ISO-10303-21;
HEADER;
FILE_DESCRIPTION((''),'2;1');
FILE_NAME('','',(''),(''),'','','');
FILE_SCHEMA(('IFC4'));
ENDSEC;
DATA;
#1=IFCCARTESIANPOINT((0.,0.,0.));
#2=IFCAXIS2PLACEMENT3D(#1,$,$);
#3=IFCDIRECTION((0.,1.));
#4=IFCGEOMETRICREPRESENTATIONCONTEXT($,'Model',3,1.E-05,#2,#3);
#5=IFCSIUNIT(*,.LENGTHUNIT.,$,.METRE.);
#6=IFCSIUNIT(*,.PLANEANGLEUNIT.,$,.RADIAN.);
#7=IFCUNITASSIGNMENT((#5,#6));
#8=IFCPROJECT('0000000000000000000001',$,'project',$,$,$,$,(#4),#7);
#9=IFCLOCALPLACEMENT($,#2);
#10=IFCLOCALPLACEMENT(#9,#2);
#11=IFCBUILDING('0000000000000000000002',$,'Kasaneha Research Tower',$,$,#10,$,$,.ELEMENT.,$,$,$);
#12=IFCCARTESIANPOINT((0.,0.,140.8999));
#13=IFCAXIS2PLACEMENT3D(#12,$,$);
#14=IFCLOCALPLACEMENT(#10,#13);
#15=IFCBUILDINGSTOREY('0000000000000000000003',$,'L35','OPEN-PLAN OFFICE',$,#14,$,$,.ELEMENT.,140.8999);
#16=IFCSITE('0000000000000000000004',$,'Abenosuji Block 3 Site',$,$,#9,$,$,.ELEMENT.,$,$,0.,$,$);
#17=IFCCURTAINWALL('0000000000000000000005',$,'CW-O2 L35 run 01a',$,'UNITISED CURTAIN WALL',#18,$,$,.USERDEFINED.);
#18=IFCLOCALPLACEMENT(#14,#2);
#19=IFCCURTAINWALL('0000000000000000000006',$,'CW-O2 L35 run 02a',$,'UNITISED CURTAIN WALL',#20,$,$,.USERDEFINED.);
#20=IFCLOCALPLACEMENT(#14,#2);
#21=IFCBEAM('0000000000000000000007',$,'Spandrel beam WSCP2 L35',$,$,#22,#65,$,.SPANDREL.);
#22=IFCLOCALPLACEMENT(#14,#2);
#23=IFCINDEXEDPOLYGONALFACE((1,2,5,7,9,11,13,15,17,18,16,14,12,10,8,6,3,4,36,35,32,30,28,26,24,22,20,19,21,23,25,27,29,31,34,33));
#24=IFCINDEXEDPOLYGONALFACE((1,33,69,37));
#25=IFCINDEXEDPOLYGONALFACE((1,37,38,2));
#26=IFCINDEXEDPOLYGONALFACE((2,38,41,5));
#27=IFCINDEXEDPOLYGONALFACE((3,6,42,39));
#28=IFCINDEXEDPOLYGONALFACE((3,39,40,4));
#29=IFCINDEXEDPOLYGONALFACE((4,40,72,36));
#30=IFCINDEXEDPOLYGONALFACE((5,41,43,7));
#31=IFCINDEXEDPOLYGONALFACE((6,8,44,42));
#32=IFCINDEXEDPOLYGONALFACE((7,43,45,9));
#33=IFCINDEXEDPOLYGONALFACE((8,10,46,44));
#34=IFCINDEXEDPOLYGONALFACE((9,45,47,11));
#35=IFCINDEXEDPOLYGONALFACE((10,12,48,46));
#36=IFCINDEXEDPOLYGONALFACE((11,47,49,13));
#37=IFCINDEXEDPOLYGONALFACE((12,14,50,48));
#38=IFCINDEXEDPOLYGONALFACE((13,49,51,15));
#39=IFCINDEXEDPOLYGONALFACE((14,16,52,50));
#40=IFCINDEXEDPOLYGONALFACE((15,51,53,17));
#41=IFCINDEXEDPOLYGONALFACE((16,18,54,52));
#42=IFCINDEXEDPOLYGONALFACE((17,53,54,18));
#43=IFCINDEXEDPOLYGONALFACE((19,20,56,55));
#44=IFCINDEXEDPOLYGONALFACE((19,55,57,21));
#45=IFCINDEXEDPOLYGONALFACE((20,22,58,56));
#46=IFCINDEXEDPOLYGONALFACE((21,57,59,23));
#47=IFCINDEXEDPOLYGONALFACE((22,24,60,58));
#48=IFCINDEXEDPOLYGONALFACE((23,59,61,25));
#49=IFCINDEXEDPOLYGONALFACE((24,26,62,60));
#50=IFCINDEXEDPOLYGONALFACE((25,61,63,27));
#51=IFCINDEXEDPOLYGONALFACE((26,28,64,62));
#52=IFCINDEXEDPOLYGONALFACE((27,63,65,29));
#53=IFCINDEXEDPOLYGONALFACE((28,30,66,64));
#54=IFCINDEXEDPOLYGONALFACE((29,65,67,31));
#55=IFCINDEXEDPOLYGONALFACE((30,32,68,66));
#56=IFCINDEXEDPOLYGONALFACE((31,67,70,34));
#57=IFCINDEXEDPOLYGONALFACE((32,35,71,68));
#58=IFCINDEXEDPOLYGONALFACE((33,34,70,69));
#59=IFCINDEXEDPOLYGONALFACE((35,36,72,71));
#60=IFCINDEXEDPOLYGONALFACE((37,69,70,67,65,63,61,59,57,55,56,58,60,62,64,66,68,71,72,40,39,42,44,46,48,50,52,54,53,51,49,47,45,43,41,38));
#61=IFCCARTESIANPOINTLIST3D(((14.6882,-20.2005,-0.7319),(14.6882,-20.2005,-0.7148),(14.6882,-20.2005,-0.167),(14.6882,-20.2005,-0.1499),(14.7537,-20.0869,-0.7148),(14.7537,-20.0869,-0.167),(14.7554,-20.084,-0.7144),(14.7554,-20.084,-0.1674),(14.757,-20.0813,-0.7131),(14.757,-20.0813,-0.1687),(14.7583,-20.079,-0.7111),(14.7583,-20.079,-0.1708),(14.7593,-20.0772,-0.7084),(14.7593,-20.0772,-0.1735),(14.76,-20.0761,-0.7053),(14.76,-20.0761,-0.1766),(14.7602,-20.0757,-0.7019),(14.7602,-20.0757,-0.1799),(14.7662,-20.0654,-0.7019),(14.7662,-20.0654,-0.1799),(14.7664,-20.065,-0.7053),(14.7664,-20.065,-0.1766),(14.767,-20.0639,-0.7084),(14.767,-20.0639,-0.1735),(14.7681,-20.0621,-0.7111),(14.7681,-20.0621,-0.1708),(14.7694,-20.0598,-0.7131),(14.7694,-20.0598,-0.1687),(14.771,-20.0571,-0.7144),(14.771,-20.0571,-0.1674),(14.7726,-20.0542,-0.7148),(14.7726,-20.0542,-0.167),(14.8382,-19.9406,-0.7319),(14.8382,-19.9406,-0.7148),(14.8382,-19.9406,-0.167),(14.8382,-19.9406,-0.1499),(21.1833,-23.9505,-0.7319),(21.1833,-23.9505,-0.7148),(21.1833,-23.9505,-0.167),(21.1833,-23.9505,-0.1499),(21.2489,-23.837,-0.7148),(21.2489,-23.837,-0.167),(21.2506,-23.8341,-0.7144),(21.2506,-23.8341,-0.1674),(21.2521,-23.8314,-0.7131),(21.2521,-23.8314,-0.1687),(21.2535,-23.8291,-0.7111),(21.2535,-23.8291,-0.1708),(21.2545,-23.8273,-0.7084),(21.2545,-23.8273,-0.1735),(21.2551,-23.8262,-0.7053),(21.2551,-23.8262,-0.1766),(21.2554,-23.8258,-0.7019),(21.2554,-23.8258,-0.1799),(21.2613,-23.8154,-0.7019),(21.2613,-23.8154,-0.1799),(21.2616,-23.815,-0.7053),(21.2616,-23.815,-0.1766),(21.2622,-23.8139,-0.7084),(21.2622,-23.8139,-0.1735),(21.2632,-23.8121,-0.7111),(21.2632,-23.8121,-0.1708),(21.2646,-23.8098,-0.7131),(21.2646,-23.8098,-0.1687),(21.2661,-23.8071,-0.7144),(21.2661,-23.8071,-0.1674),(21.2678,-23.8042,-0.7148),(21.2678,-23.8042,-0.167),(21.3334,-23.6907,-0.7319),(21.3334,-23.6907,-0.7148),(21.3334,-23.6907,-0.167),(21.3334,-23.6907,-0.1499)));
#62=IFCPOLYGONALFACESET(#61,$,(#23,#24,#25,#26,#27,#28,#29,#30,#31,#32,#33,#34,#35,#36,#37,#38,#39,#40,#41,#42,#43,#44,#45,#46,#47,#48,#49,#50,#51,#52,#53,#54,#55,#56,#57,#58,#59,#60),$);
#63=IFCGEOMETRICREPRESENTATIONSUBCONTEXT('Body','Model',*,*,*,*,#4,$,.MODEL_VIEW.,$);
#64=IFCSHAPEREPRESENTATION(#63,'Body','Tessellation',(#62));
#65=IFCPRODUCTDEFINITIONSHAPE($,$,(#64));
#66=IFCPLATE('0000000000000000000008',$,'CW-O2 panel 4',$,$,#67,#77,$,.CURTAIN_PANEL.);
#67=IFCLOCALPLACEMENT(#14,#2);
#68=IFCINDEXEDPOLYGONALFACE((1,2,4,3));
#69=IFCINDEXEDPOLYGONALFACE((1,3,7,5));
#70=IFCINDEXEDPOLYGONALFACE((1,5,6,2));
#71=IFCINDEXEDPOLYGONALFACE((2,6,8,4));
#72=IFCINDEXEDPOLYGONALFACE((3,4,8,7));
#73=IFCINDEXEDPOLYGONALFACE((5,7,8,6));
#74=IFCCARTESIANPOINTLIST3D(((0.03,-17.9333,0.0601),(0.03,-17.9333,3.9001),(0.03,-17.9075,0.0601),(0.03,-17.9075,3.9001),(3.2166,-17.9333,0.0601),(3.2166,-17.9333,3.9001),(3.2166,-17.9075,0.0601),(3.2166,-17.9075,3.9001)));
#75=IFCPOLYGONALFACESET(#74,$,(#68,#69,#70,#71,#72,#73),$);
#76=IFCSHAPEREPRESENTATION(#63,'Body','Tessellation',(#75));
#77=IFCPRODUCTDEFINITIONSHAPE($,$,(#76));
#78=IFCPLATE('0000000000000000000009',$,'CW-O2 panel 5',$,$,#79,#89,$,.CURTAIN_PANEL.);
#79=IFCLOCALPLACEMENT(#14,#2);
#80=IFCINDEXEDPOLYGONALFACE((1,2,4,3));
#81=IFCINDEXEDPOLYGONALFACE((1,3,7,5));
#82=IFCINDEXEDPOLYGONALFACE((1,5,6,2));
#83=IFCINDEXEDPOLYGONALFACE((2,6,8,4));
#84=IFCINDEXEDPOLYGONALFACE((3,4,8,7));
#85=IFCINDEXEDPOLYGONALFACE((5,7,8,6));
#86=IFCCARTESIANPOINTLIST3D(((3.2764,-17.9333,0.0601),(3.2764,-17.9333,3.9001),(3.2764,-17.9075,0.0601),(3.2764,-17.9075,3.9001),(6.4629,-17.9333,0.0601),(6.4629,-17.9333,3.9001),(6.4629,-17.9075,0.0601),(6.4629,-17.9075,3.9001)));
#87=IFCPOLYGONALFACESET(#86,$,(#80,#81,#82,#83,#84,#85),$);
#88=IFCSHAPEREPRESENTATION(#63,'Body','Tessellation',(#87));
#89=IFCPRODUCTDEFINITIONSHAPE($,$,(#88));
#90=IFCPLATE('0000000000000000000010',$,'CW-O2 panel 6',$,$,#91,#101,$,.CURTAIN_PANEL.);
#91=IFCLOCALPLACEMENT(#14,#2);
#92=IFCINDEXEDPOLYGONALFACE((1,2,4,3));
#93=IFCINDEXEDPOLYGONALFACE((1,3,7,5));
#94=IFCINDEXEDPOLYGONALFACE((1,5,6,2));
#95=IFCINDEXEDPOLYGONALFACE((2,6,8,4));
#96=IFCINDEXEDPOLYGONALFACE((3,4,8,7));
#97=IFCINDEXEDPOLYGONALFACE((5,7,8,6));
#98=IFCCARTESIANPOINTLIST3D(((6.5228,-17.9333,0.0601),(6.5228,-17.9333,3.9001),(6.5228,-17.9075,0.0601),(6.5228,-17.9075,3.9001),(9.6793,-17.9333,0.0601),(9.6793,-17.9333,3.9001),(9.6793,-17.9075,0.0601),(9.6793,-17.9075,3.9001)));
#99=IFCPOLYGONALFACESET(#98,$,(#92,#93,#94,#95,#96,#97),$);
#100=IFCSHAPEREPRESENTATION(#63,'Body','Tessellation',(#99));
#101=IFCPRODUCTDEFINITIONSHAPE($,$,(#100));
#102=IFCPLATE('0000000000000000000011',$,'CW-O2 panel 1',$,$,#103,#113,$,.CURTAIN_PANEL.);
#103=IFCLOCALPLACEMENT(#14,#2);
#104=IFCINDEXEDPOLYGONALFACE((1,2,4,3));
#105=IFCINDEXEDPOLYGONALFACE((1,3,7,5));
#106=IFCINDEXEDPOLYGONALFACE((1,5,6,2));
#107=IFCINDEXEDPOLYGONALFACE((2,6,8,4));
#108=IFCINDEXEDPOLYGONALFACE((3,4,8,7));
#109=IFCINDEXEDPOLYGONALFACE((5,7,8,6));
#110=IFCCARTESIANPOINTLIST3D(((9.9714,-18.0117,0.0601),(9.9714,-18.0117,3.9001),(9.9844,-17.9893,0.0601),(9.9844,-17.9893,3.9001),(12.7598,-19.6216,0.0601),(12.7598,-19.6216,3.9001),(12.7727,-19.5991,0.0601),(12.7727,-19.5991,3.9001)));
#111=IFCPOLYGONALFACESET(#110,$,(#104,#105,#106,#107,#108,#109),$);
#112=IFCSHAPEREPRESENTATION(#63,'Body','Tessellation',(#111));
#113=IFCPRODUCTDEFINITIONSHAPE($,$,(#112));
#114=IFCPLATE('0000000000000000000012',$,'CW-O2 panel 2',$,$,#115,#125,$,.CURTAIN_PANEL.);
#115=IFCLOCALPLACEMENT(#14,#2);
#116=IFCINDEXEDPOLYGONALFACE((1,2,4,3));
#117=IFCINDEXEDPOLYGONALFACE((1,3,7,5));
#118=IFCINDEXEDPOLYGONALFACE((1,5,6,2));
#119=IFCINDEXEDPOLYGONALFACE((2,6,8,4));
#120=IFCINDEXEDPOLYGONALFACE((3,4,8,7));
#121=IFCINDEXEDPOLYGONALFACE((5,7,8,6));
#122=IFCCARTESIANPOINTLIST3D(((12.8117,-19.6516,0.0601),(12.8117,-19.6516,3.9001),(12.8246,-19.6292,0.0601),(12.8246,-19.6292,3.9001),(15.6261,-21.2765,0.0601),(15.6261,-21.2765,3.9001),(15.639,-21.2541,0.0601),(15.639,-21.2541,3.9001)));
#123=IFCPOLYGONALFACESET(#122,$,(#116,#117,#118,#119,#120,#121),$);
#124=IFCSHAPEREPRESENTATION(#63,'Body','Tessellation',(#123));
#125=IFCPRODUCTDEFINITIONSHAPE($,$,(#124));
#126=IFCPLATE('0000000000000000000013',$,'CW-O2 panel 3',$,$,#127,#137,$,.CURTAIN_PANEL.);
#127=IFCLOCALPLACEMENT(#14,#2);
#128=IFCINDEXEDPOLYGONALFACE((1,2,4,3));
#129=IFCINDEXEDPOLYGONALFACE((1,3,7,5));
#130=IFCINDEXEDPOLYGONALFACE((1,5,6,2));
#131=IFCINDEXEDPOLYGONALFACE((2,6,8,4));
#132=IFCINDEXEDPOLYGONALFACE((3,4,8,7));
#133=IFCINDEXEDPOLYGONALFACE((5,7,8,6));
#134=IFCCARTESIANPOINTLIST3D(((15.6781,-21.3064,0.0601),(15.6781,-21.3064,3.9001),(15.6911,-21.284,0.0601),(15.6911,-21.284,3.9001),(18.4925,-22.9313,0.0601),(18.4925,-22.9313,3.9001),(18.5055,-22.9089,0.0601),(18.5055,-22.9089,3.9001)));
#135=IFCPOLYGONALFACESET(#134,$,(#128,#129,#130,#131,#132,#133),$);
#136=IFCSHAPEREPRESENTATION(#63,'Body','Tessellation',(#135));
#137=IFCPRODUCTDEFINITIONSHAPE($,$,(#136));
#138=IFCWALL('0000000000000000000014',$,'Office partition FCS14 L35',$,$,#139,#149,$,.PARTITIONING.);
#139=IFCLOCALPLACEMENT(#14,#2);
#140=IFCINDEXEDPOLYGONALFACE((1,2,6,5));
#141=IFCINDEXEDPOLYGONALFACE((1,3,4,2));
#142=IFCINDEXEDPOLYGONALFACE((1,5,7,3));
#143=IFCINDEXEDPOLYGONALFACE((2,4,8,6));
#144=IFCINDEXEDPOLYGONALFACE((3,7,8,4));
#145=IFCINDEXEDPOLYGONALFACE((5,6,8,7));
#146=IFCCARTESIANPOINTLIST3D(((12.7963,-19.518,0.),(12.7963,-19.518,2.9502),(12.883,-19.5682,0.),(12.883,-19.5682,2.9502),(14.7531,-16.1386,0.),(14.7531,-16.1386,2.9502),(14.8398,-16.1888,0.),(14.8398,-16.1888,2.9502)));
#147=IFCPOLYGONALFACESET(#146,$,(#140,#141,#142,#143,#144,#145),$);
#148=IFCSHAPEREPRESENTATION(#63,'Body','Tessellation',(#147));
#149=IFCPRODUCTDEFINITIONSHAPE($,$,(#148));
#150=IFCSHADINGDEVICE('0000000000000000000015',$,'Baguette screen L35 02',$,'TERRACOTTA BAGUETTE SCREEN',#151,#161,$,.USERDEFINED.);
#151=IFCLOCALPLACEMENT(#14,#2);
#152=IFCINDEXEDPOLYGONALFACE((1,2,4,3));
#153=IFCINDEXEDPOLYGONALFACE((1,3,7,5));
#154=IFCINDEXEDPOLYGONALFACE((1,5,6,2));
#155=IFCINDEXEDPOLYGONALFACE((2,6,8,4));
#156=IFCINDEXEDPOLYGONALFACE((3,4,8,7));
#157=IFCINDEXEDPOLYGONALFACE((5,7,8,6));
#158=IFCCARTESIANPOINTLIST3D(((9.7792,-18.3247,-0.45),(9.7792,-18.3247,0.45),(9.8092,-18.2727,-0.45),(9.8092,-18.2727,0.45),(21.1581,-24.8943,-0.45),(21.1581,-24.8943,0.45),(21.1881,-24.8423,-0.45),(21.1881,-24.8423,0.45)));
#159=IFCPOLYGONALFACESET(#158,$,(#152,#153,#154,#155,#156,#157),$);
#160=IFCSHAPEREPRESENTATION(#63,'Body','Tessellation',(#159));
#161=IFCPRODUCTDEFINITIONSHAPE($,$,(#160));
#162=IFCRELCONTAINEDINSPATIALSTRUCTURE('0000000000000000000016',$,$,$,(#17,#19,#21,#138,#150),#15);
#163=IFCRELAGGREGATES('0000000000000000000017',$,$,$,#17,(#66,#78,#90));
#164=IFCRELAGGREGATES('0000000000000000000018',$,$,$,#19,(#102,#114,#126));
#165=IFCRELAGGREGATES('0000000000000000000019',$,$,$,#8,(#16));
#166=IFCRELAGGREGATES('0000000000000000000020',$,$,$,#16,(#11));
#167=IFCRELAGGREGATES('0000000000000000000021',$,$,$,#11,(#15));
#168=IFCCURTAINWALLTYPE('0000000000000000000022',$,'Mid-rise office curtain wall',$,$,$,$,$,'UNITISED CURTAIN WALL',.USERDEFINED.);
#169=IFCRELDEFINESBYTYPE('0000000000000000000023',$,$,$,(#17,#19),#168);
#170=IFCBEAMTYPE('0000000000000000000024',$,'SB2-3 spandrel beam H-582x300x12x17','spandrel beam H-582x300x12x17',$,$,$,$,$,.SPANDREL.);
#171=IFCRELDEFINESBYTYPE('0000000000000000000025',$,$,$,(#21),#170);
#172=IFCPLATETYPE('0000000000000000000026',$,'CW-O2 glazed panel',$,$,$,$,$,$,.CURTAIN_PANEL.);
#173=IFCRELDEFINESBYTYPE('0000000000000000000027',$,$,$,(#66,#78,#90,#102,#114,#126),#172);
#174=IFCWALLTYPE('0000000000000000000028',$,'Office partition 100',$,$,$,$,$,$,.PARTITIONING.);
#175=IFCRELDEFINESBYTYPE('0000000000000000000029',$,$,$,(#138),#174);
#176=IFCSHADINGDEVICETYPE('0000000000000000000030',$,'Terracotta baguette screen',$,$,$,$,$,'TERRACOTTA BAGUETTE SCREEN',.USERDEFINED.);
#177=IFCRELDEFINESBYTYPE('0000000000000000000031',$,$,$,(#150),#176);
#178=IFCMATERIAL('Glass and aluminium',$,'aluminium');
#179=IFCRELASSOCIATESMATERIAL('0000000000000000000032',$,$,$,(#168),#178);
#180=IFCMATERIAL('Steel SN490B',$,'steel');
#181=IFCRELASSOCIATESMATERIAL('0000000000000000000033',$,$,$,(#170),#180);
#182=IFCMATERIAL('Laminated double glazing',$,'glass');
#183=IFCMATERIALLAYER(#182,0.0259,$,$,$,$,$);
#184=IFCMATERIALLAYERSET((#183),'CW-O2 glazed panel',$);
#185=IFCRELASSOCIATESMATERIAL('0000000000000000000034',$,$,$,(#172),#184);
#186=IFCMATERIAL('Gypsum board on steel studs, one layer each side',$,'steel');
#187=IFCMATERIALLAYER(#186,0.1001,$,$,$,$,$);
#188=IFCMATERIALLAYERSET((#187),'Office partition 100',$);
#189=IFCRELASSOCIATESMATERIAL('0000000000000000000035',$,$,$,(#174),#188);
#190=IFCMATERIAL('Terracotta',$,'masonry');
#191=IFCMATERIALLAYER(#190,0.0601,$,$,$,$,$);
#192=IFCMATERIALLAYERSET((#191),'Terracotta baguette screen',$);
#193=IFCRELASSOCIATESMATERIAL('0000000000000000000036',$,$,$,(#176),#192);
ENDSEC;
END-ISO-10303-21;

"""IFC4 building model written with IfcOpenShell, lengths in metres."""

from ifc_helpers import new_model, si_unit, direction, frame, frame_2d, origin, origin_2d, place, context, subcontext, project, spatial, rectangle, i_section, extrude, material, layer, layer_set, material_profile, profile_set, type_object, element, aggregate, save


model = new_model("IFC4")

# Units and contexts
model_context = context("Model", 3, precision=1e-05, world=origin(), true_north=direction((0.0, 1.0)))
body_context = subcontext(model_context, "Body", "Model", "MODEL_VIEW")
ifc_project = project(units=[si_unit("LENGTHUNIT", "METRE"), si_unit("PLANEANGLEUNIT", "RADIAN")], contexts=[model_context])

# Site, building, storey
site_placement = place(None, origin())
site = spatial("IfcSite", under=ifc_project, at=site_placement, Name="Abenosuji Block 3 Site", CompositionType="ELEMENT", RefElevation=0.0)
building_placement = place(site_placement, origin())
building = spatial("IfcBuilding", under=site, at=building_placement, Name="Kasaneha Research Tower", CompositionType="ELEMENT")
storey_placement = place(building_placement, frame((0.0, 0.0, 140.8999)))
storey = spatial("IfcBuildingStorey", under=building, at=storey_placement, Name="L35", Description="OPEN-PLAN OFFICE", CompositionType="ELEMENT", Elevation=140.8999)

# Curtain walls
ifc_material_1 = material(Name="Glass and aluminium", Category="aluminium")
curtain_wall_type = type_object("IfcCurtainWallType", Name="Mid-rise office curtain wall", ElementType="UNITISED CURTAIN WALL", PredefinedType="USERDEFINED", material=ifc_material_1)
curtain_wall_1_placement = place(storey_placement, origin())
curtain_wall_1 = element("IfcCurtainWall", 1, at=curtain_wall_1_placement, inside=storey, type_object=curtain_wall_type, Name="CW-O2 L35 run 01a", ObjectType="UNITISED CURTAIN WALL", PredefinedType="USERDEFINED")
curtain_wall_2_placement = place(storey_placement, origin())
curtain_wall_2 = element("IfcCurtainWall", 2, at=curtain_wall_2_placement, inside=storey, type_object=curtain_wall_type, Name="CW-O2 L35 run 02a", ObjectType="UNITISED CURTAIN WALL", PredefinedType="USERDEFINED")

# Beam
ifc_material_2 = material(Name="Steel SN490B", Category="steel")
ifc_material_profile_1 = material_profile(ifc_material_2, i_section(OverallWidth=0.3, OverallDepth=0.582, WebThickness=0.012, FlangeThickness=0.0171, FilletRadius=0.0129, at=origin_2d()), Name="H-582x300x12x17")
ifc_profile_set_1 = profile_set([ifc_material_profile_1], Name="Steel SN490B")
beam_type_1 = type_object("IfcBeamType", Name="SB2-3 spandrel beam H-582x300x12x17", Description="spandrel beam H-582x300x12x17", PredefinedType="SPANDREL", material=ifc_profile_set_1)
beam_1_placement = place(storey_placement, frame((14.7632, -20.0706, -0.4409), z_axis=(0.866023, -0.500004, 0.0), x_axis=(0.500004, 0.866023, 0.0)))
element("IfcBeam", 3, at=beam_1_placement, inside=storey, type_object=beam_type_1, Name="Spandrel beam WSCP2 L35", PredefinedType="SPANDREL", context=body_context, shape_type="SweptSolid", body=[
    extrude(i_section(OverallWidth=0.3, OverallDepth=0.582, WebThickness=0.012, FlangeThickness=0.0171, FilletRadius=0.0129, at=origin_2d()), origin(), (0.0, 0.0, 1.0), 7.5),
])

# Plates
ifc_material_3 = material(Name="Laminated double glazing", Category="glass")
ifc_layer_1 = layer(ifc_material_3, 0.0259)
ifc_layer_set_1 = layer_set([ifc_layer_1], Name="CW-O2 glazed panel")
plate_type = type_object("IfcPlateType", Name="CW-O2 glazed panel", PredefinedType="CURTAIN_PANEL", material=ifc_layer_set_1)
plate_1_placement = place(storey_placement, frame((1.6233, -17.9204, 0.0601), z_axis=(0.0, 0.0, 1.0), x_axis=(1.0, 0.0, 0.0)))
plate_1 = element("IfcPlate", 4, at=plate_1_placement, type_object=plate_type, Name="CW-O2 panel 4", PredefinedType="CURTAIN_PANEL", context=body_context, shape_type="SweptSolid", body=[
    extrude(rectangle(XDim=3.1865, YDim=0.0259, at=origin_2d()), origin(), (0.0, 0.0, 1.0), 3.8401),
])
plate_2_placement = place(storey_placement, frame((4.8696, -17.9204, 0.0601), z_axis=(0.0, 0.0, 1.0), x_axis=(1.0, 0.0, 0.0)))
plate_2 = element("IfcPlate", 5, at=plate_2_placement, type_object=plate_type, Name="CW-O2 panel 5", PredefinedType="CURTAIN_PANEL", context=body_context, shape_type="SweptSolid", body=[
    extrude(rectangle(XDim=3.1865, YDim=0.0259, at=origin_2d()), origin(), (0.0, 0.0, 1.0), 3.8401),
])
plate_3_placement = place(storey_placement, frame((8.1011, -17.9204, 0.0601), z_axis=(0.0, 0.0, 1.0), x_axis=(1.0, 0.0, 0.0)))
plate_3 = element("IfcPlate", 6, at=plate_3_placement, type_object=plate_type, Name="CW-O2 panel 6", PredefinedType="CURTAIN_PANEL", context=body_context, shape_type="SweptSolid", body=[
    extrude(rectangle(XDim=3.1565, YDim=0.0259, at=origin_2d()), origin(), (0.0, 0.0, 1.0), 3.8401),
])
aggregate(curtain_wall_1, [plate_1, plate_2, plate_3])
plate_4_placement = place(storey_placement, frame((11.3721, -18.8054, 0.0601), z_axis=(0.0, 0.0, 1.0), x_axis=(0.866025, -0.5, 0.0)))
plate_4 = element("IfcPlate", 7, at=plate_4_placement, type_object=plate_type, Name="CW-O2 panel 1", PredefinedType="CURTAIN_PANEL", context=body_context, shape_type="SweptSolid", body=[
    extrude(rectangle(XDim=3.2197, YDim=0.0259, at=origin_2d()), origin(), (0.0, 0.0, 1.0), 3.8401),
])
plate_5_placement = place(storey_placement, frame((14.2253, -20.4529, 0.0601), z_axis=(0.0, 0.0, 1.0), x_axis=(0.866025, -0.5, 0.0)))
plate_5 = element("IfcPlate", 8, at=plate_5_placement, type_object=plate_type, Name="CW-O2 panel 2", PredefinedType="CURTAIN_PANEL", context=body_context, shape_type="SweptSolid", body=[
    extrude(rectangle(XDim=3.2498, YDim=0.0259, at=origin_2d()), origin(), (0.0, 0.0, 1.0), 3.8401),
])
plate_6_placement = place(storey_placement, frame((17.0918, -22.1077, 0.0601), z_axis=(0.0, 0.0, 1.0), x_axis=(0.866025, -0.5, 0.0)))
plate_6 = element("IfcPlate", 9, at=plate_6_placement, type_object=plate_type, Name="CW-O2 panel 3", PredefinedType="CURTAIN_PANEL", context=body_context, shape_type="SweptSolid", body=[
    extrude(rectangle(XDim=3.2498, YDim=0.0259, at=origin_2d()), origin(), (0.0, 0.0, 1.0), 3.8401),
])
aggregate(curtain_wall_2, [plate_4, plate_5, plate_6])

# Wall
ifc_material_4 = material(Name="Gypsum board on steel studs, one layer each side", Category="steel")
ifc_layer_2 = layer(ifc_material_4, 0.1001)
ifc_layer_set_2 = layer_set([ifc_layer_2], Name="Office partition 100")
wall_type = type_object("IfcWallType", Name="Office partition 100", PredefinedType="PARTITIONING", material=ifc_layer_set_2)
wall_placement = place(storey_placement, frame((12.8396, -19.5432, 0.0), z_axis=(0.0, 0.0, 1.0), x_axis=(0.501093, 0.865393, 0.0)))
element("IfcWall", 10, at=wall_placement, inside=storey, type_object=wall_type, Name="Office partition FCS14 L35", PredefinedType="PARTITIONING", context=body_context, shape_type="SweptSolid", body=[
    extrude(rectangle(XDim=3.905, YDim=0.1001, at=frame_2d((1.9526, 0.0))), origin(), (0.0, 0.0, 1.0), 2.9502),
])

# Shading device
ifc_material_5 = material(Name="Terracotta", Category="masonry")
ifc_layer_3 = layer(ifc_material_5, 0.0601)
ifc_layer_set_3 = layer_set([ifc_layer_3], Name="Terracotta baguette screen")
shading_device_type = type_object("IfcShadingDeviceType", Name="Terracotta baguette screen", ElementType="TERRACOTTA BAGUETTE SCREEN", PredefinedType="USERDEFINED", material=ifc_layer_set_3)
shading_device_placement = place(storey_placement, frame((15.4836, -21.5835, -0.45), z_axis=(0.0, 0.0, 1.0), x_axis=(0.866025, -0.5, 0.0)))
element("IfcShadingDevice", 11, at=shading_device_placement, inside=storey, type_object=shading_device_type, Name="Baguette screen L35 02", ObjectType="TERRACOTTA BAGUETTE SCREEN", PredefinedType="USERDEFINED", context=body_context, shape_type="SweptSolid", body=[
    extrude(rectangle(XDim=13.1392, YDim=0.0601, at=origin_2d()), origin(), (0.0, 0.0, 1.0), 0.8999),
])

save(model, "model.ifc")
